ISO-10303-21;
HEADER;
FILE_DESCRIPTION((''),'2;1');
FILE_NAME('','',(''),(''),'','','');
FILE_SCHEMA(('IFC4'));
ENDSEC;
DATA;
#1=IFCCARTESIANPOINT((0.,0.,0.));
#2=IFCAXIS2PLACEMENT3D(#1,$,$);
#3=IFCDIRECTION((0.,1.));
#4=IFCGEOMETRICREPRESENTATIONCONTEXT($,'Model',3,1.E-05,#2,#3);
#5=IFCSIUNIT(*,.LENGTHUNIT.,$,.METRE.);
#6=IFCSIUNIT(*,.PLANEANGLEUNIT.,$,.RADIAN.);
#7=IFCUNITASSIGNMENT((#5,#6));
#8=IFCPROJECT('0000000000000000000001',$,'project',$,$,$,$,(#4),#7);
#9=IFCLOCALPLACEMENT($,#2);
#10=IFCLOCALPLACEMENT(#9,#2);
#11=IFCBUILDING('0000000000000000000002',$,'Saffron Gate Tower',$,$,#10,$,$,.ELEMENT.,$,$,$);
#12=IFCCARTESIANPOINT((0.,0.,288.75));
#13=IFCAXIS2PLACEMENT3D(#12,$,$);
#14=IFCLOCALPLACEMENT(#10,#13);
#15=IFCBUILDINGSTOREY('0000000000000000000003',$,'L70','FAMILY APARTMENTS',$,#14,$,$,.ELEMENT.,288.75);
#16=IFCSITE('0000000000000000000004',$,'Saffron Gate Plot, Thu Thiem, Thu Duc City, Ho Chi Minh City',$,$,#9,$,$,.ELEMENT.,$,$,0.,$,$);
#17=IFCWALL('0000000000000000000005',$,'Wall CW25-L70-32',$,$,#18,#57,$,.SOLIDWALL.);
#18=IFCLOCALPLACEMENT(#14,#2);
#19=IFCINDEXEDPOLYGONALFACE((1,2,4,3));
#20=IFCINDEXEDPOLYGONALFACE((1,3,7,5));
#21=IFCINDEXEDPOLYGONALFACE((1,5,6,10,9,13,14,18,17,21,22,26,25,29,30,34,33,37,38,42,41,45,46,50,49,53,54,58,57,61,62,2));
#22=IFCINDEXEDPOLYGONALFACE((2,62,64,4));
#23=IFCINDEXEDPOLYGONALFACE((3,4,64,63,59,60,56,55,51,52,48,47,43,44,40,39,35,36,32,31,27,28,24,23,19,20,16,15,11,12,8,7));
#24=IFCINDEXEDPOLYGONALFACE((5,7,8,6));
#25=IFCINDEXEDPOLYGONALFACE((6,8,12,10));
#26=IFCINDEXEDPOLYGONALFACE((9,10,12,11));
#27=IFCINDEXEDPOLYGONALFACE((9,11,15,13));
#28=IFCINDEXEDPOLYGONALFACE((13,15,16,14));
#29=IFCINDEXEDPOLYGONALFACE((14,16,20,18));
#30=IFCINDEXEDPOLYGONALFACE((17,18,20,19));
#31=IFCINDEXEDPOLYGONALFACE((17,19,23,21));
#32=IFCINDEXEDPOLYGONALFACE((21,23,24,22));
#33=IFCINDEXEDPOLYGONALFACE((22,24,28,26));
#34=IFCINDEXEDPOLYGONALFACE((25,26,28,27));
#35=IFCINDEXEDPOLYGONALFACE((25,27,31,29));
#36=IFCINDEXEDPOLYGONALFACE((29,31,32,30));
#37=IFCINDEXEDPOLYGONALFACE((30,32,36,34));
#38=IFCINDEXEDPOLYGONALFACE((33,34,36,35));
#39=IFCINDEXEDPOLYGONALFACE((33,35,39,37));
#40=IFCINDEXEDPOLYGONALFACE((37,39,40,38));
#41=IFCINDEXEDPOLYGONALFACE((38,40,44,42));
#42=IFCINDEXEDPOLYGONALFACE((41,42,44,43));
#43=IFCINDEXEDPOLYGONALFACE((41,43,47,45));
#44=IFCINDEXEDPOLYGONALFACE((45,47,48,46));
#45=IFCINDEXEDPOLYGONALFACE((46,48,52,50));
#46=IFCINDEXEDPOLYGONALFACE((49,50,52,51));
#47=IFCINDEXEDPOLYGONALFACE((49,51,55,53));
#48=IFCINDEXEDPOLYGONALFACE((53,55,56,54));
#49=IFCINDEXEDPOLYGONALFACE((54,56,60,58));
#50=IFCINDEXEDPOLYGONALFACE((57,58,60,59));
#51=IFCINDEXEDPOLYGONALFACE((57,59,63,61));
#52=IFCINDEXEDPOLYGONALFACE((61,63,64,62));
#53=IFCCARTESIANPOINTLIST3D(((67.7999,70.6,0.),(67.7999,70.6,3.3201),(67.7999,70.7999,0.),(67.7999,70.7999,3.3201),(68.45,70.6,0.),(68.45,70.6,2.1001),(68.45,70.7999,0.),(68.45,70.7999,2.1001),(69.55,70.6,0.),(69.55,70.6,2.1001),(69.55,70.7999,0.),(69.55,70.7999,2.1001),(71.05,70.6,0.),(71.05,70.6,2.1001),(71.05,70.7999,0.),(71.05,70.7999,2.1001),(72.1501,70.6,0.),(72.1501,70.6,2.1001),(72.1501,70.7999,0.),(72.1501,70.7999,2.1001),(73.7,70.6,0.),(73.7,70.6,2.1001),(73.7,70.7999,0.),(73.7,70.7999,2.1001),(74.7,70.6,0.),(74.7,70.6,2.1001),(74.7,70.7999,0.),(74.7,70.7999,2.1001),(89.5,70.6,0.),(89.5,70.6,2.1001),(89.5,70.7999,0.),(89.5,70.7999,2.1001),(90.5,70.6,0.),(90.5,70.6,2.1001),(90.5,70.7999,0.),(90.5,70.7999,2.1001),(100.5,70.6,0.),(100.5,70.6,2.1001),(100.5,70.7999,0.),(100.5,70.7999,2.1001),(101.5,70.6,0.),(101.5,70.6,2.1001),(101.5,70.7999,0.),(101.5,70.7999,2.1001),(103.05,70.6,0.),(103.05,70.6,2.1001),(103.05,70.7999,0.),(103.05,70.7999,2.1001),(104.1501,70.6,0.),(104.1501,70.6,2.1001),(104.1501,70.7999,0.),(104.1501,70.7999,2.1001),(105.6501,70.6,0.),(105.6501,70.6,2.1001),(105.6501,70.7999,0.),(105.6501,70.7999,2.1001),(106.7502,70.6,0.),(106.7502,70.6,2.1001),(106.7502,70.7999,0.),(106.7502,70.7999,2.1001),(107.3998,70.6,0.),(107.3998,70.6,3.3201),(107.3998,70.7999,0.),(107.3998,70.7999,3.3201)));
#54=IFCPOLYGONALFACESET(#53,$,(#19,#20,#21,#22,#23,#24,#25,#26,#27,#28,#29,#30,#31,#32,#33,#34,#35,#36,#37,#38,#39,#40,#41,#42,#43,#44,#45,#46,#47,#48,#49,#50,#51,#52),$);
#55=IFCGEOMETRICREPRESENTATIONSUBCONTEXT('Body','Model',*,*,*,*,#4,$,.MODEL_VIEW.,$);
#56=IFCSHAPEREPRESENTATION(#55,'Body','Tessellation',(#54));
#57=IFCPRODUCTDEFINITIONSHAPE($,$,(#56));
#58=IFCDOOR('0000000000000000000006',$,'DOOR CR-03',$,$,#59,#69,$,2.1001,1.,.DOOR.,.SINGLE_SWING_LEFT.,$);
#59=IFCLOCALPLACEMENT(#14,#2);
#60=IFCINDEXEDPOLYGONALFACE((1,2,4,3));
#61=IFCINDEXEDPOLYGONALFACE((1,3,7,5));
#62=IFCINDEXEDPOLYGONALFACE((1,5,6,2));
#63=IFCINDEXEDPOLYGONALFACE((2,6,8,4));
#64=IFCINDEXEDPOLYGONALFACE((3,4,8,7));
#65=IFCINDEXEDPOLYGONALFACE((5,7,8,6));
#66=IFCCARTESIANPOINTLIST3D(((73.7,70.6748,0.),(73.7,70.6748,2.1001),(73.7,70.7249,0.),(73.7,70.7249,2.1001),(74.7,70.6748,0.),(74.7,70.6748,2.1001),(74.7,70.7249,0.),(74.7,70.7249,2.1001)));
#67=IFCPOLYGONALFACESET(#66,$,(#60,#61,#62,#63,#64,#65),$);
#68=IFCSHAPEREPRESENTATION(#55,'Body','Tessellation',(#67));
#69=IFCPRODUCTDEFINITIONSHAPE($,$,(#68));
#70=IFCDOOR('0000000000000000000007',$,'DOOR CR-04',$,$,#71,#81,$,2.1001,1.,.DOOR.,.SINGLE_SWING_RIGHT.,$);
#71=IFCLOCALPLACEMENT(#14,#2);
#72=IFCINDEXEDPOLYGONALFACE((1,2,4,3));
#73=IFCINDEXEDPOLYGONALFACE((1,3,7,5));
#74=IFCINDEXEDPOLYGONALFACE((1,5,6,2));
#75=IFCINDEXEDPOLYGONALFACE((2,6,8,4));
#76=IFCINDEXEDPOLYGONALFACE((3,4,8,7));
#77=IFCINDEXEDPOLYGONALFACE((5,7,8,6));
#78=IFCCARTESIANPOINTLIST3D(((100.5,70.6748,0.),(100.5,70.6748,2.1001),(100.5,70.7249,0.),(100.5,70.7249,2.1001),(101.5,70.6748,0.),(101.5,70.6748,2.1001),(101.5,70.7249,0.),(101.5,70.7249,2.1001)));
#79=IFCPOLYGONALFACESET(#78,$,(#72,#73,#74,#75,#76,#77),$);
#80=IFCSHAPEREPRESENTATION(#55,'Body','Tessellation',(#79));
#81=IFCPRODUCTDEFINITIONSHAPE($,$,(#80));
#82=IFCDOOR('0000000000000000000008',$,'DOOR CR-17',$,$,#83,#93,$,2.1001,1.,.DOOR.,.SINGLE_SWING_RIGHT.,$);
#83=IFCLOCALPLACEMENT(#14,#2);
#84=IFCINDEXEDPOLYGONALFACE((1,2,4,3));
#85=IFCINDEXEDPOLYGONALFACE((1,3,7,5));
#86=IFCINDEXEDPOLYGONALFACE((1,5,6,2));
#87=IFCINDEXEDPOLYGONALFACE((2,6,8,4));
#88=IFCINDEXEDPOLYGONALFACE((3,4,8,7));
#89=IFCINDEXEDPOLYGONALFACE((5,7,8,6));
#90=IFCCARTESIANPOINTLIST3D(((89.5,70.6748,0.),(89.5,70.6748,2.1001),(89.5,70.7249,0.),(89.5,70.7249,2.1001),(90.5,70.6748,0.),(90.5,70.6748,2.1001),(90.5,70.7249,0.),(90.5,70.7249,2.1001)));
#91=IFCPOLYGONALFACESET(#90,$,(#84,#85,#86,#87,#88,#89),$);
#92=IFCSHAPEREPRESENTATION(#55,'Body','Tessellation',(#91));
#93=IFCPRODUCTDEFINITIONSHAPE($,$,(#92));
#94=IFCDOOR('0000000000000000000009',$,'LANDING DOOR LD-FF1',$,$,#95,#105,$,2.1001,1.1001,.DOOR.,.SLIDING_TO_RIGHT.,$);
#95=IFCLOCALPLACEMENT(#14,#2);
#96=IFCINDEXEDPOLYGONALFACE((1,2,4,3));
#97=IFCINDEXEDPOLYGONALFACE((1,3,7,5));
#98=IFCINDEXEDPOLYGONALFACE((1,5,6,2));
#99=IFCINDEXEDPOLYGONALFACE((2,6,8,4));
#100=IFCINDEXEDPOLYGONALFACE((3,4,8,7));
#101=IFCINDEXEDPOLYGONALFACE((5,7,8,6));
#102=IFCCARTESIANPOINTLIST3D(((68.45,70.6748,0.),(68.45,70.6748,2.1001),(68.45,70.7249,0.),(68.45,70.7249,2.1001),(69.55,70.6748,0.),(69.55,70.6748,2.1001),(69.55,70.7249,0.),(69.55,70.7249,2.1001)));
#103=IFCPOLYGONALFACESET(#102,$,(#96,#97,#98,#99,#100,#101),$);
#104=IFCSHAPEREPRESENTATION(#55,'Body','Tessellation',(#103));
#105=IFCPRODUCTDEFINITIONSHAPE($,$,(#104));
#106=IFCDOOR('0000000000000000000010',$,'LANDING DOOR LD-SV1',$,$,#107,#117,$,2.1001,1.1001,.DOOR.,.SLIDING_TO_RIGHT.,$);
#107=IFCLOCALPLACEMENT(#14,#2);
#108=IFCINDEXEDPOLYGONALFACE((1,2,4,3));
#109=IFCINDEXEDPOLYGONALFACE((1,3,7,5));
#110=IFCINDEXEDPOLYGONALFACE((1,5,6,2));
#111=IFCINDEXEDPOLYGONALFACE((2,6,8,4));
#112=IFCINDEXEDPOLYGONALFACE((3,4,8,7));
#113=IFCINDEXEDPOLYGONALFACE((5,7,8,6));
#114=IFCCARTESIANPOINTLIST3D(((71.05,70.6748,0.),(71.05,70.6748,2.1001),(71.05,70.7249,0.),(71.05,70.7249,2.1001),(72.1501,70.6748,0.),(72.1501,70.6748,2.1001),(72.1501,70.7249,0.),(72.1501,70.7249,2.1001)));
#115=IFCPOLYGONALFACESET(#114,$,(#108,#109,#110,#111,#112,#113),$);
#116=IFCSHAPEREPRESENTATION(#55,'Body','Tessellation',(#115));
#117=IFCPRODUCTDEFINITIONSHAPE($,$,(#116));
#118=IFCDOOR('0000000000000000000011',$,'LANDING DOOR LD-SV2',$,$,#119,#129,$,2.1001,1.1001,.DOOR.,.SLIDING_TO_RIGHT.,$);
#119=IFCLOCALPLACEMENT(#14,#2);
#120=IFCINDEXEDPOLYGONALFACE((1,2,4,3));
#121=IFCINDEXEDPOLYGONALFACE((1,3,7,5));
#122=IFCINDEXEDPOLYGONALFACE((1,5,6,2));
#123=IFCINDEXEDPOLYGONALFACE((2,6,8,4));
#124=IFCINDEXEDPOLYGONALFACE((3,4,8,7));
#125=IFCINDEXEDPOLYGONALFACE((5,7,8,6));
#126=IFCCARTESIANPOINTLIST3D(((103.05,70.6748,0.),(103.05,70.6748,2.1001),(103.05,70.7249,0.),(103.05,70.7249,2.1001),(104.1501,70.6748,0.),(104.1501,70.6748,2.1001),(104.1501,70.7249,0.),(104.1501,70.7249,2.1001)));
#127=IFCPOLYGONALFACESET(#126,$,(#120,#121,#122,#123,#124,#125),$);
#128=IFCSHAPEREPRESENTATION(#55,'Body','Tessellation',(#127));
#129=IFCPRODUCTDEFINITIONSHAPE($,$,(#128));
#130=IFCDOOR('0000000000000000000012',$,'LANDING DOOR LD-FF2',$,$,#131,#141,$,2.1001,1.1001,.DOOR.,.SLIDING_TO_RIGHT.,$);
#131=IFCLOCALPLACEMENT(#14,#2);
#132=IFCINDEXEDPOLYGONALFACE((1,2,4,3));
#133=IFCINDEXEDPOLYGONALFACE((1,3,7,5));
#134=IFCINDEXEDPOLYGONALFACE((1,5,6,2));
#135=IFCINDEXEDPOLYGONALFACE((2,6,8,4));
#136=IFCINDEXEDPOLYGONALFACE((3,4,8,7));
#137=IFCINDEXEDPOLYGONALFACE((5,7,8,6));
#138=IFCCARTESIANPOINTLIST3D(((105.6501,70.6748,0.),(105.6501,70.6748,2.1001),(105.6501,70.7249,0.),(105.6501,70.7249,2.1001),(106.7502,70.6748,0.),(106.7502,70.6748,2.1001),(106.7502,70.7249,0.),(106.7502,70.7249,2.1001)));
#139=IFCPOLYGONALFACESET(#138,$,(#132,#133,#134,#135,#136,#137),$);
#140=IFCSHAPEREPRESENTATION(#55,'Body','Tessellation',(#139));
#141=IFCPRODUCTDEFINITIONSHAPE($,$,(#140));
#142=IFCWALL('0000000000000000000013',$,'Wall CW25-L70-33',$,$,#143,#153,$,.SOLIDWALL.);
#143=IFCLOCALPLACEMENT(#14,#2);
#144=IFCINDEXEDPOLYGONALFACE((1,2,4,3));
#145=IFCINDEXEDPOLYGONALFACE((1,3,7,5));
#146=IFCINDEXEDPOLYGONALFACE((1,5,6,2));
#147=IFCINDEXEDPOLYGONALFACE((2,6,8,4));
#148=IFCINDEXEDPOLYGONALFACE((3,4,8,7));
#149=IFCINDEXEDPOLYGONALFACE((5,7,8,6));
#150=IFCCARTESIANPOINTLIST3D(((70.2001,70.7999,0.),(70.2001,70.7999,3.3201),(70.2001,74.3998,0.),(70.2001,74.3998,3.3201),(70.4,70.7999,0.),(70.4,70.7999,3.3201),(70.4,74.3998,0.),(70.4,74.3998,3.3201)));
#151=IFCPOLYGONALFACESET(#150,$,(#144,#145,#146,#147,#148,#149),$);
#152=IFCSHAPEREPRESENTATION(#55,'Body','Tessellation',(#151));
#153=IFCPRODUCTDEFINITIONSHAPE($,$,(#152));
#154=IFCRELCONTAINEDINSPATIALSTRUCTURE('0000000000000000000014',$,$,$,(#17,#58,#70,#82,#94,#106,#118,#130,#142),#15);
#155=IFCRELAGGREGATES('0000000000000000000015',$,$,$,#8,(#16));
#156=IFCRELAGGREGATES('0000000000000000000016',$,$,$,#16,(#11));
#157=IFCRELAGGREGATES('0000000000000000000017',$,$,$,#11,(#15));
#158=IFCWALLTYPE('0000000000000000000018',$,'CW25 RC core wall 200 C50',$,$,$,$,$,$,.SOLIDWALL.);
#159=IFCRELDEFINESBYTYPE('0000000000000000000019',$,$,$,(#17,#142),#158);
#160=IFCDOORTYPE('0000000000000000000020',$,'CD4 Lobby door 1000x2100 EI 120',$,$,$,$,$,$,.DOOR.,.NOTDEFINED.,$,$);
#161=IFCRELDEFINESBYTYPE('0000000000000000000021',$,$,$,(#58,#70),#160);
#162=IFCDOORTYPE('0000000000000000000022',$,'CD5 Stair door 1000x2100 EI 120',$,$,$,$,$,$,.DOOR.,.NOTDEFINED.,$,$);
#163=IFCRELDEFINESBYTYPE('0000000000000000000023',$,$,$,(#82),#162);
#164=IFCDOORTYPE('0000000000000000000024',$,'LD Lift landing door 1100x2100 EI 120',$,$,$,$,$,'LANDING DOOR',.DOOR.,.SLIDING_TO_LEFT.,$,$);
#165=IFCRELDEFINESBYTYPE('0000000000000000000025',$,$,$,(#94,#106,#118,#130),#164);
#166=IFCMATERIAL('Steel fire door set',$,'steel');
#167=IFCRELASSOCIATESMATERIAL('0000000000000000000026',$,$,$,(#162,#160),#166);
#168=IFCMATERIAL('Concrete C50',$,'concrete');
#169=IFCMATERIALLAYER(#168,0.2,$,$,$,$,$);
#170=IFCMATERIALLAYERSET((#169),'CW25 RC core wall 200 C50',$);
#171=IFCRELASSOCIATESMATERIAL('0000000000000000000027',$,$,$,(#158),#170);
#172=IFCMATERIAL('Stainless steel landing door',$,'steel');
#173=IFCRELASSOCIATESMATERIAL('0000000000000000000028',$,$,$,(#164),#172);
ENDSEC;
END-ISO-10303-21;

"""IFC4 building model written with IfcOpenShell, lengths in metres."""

from ifc_helpers import new_model, si_unit, direction, frame, frame_2d, origin, place, context, subcontext, project, spatial, rectangle, extrude, material, layer, layer_set, type_object, element, fill, save


model = new_model("IFC4")

# Units and contexts
model_context = context("Model", 3, precision=1e-05, world=origin(), true_north=direction((0.0, 1.0)))
body_context = subcontext(model_context, "Body", "Model", "MODEL_VIEW")
ifc_project = project(units=[si_unit("LENGTHUNIT", "METRE"), si_unit("PLANEANGLEUNIT", "RADIAN")], contexts=[model_context])

# Site, building, storey
site_placement = place(None, origin())
site = spatial("IfcSite", under=ifc_project, at=site_placement, Name="Saffron Gate Plot, Thu Thiem, Thu Duc City, Ho Chi Minh City", CompositionType="ELEMENT", RefElevation=0.0)
building_placement = place(site_placement, origin())
building = spatial("IfcBuilding", under=site, at=building_placement, Name="Saffron Gate Tower", CompositionType="ELEMENT")
storey_placement = place(building_placement, frame((0.0, 0.0, 288.75)))
storey = spatial("IfcBuildingStorey", under=building, at=storey_placement, Name="L70", Description="FAMILY APARTMENTS", CompositionType="ELEMENT", Elevation=288.75)

# Wall, openings, doors
ifc_material_1 = material(Name="Concrete C50", Category="concrete")
ifc_material_2 = material(Name="Steel fire door set", Category="steel")
door_type_1 = type_object("IfcDoorType", Name="CD5 Stair door 1000x2100 EI 120", OperationType="NOTDEFINED", PredefinedType="DOOR", material=ifc_material_2)
ifc_layer_1 = layer(ifc_material_1, 0.2)
ifc_layer_set_1 = layer_set([ifc_layer_1], Name="CW25 RC core wall 200 C50")
wall_type_1 = type_object("IfcWallType", Name="CW25 RC core wall 200 C50", PredefinedType="SOLIDWALL", material=ifc_layer_set_1)
wall_1_placement = place(storey_placement, frame((67.8, 70.7, 0.0), z_axis=(0.0, 0.0, 1.0), x_axis=(1.0, 0.0, 0.0)))
wall_1 = element("IfcWall", 1, at=wall_1_placement, inside=storey, type_object=wall_type_1, Name="Wall CW25-L70-32", PredefinedType="SOLIDWALL", context=body_context, shape_type="SweptSolid", body=[
    extrude(rectangle(XDim=39.5999, YDim=0.2, at=frame_2d((19.7998, 0.0))), origin(), (0.0, 0.0, 1.0), 3.3201),
])
opening_1_placement = place(wall_1_placement, frame((0.6499, 0.0, 0.0)))
opening_1 = element("IfcOpeningElement", 2, at=opening_1_placement, cuts=wall_1, PredefinedType="OPENING", context=body_context, shape_type="SweptSolid", body=[
    extrude(rectangle(XDim=1.1001, YDim=2.1001, at=frame_2d((0.55, 1.05))), frame((0.0, 0.1099, 0.0), z_axis=(0.0, -1.0, 0.0), x_axis=(1.0, 0.0, 0.0)), (0.0, 0.0, 1.0), 0.22),
])
opening_2_placement = place(wall_1_placement, frame((3.25, 0.0, 0.0)))
opening_2 = element("IfcOpeningElement", 3, at=opening_2_placement, cuts=wall_1, PredefinedType="OPENING", context=body_context, shape_type="SweptSolid", body=[
    extrude(rectangle(XDim=1.1001, YDim=2.1001, at=frame_2d((0.55, 1.05))), frame((0.0, 0.1099, 0.0), z_axis=(0.0, -1.0, 0.0), x_axis=(1.0, 0.0, 0.0)), (0.0, 0.0, 1.0), 0.22),
])
opening_3_placement = place(wall_1_placement, frame((5.8999, 0.0, 0.0)))
opening_3 = element("IfcOpeningElement", 4, at=opening_3_placement, cuts=wall_1, PredefinedType="OPENING", context=body_context, shape_type="SweptSolid", body=[
    extrude(rectangle(XDim=1.0, YDim=2.1001, at=frame_2d((0.5, 1.05))), frame((0.0, 0.1099, 0.0), z_axis=(0.0, -1.0, 0.0), x_axis=(1.0, 0.0, 0.0)), (0.0, 0.0, 1.0), 0.22),
])
opening_4_placement = place(wall_1_placement, frame((21.7, 0.0, 0.0)))
opening_4 = element("IfcOpeningElement", 5, at=opening_4_placement, cuts=wall_1, PredefinedType="OPENING", context=body_context, shape_type="SweptSolid", body=[
    extrude(rectangle(XDim=1.0, YDim=2.1001, at=frame_2d((0.5, 1.05))), frame((0.0, 0.1099, 0.0), z_axis=(0.0, -1.0, 0.0), x_axis=(1.0, 0.0, 0.0)), (0.0, 0.0, 1.0), 0.22),
])
opening_5_placement = place(wall_1_placement, frame((32.7, 0.0, 0.0)))
opening_5 = element("IfcOpeningElement", 6, at=opening_5_placement, cuts=wall_1, PredefinedType="OPENING", context=body_context, shape_type="SweptSolid", body=[
    extrude(rectangle(XDim=1.0, YDim=2.1001, at=frame_2d((0.5, 1.05))), frame((0.0, 0.1099, 0.0), z_axis=(0.0, -1.0, 0.0), x_axis=(1.0, 0.0, 0.0)), (0.0, 0.0, 1.0), 0.22),
])
opening_6_placement = place(wall_1_placement, frame((35.25, 0.0, 0.0)))
opening_6 = element("IfcOpeningElement", 7, at=opening_6_placement, cuts=wall_1, PredefinedType="OPENING", context=body_context, shape_type="SweptSolid", body=[
    extrude(rectangle(XDim=1.1001, YDim=2.1001, at=frame_2d((0.55, 1.05))), frame((0.0, 0.1099, 0.0), z_axis=(0.0, -1.0, 0.0), x_axis=(1.0, 0.0, 0.0)), (0.0, 0.0, 1.0), 0.22),
])
opening_7_placement = place(wall_1_placement, frame((37.8501, 0.0, 0.0)))
opening_7 = element("IfcOpeningElement", 8, at=opening_7_placement, cuts=wall_1, PredefinedType="OPENING", context=body_context, shape_type="SweptSolid", body=[
    extrude(rectangle(XDim=1.1001, YDim=2.1001, at=frame_2d((0.55, 1.05))), frame((0.0, 0.1099, 0.0), z_axis=(0.0, -1.0, 0.0), x_axis=(1.0, 0.0, 0.0)), (0.0, 0.0, 1.0), 0.22),
])
door_type_2 = type_object("IfcDoorType", Name="CD4 Lobby door 1000x2100 EI 120", OperationType="NOTDEFINED", PredefinedType="DOOR", material=ifc_material_2)
door_1_placement = place(opening_3_placement, origin())
door_1 = element("IfcDoor", 9, at=door_1_placement, inside=storey, type_object=door_type_2, Name="DOOR CR-03", OperationType="SINGLE_SWING_LEFT", OverallHeight=2.1001, OverallWidth=1.0, PredefinedType="DOOR", context=body_context, shape_type="SweptSolid", body=[
    extrude(rectangle(XDim=1.0, YDim=2.1001, at=frame_2d((0.5, 1.05))), frame((0.0, 0.0249, 0.0), z_axis=(0.0, -1.0, 0.0), x_axis=(1.0, 0.0, 0.0)), (0.0, 0.0, 1.0), 0.05),
])
fill(opening_3, door_1)
door_2_placement = place(opening_5_placement, origin())
door_2 = element("IfcDoor", 10, at=door_2_placement, inside=storey, type_object=door_type_2, Name="DOOR CR-04", OperationType="SINGLE_SWING_RIGHT", OverallHeight=2.1001, OverallWidth=1.0, PredefinedType="DOOR", context=body_context, shape_type="SweptSolid", body=[
    extrude(rectangle(XDim=1.0, YDim=2.1001, at=frame_2d((0.5, 1.05))), frame((0.0, 0.0249, 0.0), z_axis=(0.0, -1.0, 0.0), x_axis=(1.0, 0.0, 0.0)), (0.0, 0.0, 1.0), 0.05),
])
fill(opening_5, door_2)
door_3_placement = place(opening_4_placement, origin())
door_3 = element("IfcDoor", 11, at=door_3_placement, inside=storey, type_object=door_type_1, Name="DOOR CR-17", OperationType="SINGLE_SWING_RIGHT", OverallHeight=2.1001, OverallWidth=1.0, PredefinedType="DOOR", context=body_context, shape_type="SweptSolid", body=[
    extrude(rectangle(XDim=1.0, YDim=2.1001, at=frame_2d((0.5, 1.05))), frame((0.0, 0.0249, 0.0), z_axis=(0.0, -1.0, 0.0), x_axis=(1.0, 0.0, 0.0)), (0.0, 0.0, 1.0), 0.05),
])
fill(opening_4, door_3)
ifc_material_3 = material(Name="Stainless steel landing door", Category="steel")
door_type_3 = type_object("IfcDoorType", Name="LD Lift landing door 1100x2100 EI 120", ElementType="LANDING DOOR", OperationType="SLIDING_TO_LEFT", PredefinedType="DOOR", material=ifc_material_3)
door_4_placement = place(opening_1_placement, origin())
door_4 = element("IfcDoor", 12, at=door_4_placement, inside=storey, type_object=door_type_3, Name="LANDING DOOR LD-FF1", OperationType="SLIDING_TO_RIGHT", OverallHeight=2.1001, OverallWidth=1.1001, PredefinedType="DOOR", context=body_context, shape_type="SweptSolid", body=[
    extrude(rectangle(XDim=1.1001, YDim=2.1001, at=frame_2d((0.55, 1.05))), frame((0.0, 0.0249, 0.0), z_axis=(0.0, -1.0, 0.0), x_axis=(1.0, 0.0, 0.0)), (0.0, 0.0, 1.0), 0.05),
])
fill(opening_1, door_4)
door_5_placement = place(opening_2_placement, origin())
door_5 = element("IfcDoor", 13, at=door_5_placement, inside=storey, type_object=door_type_3, Name="LANDING DOOR LD-SV1", OperationType="SLIDING_TO_RIGHT", OverallHeight=2.1001, OverallWidth=1.1001, PredefinedType="DOOR", context=body_context, shape_type="SweptSolid", body=[
    extrude(rectangle(XDim=1.1001, YDim=2.1001, at=frame_2d((0.55, 1.05))), frame((0.0, 0.0249, 0.0), z_axis=(0.0, -1.0, 0.0), x_axis=(1.0, 0.0, 0.0)), (0.0, 0.0, 1.0), 0.05),
])
fill(opening_2, door_5)
door_6_placement = place(opening_6_placement, origin())
door_6 = element("IfcDoor", 14, at=door_6_placement, inside=storey, type_object=door_type_3, Name="LANDING DOOR LD-SV2", OperationType="SLIDING_TO_RIGHT", OverallHeight=2.1001, OverallWidth=1.1001, PredefinedType="DOOR", context=body_context, shape_type="SweptSolid", body=[
    extrude(rectangle(XDim=1.1001, YDim=2.1001, at=frame_2d((0.55, 1.05))), frame((0.0, 0.0249, 0.0), z_axis=(0.0, -1.0, 0.0), x_axis=(1.0, 0.0, 0.0)), (0.0, 0.0, 1.0), 0.05),
])
fill(opening_6, door_6)
door_7_placement = place(opening_7_placement, origin())
door_7 = element("IfcDoor", 15, at=door_7_placement, inside=storey, type_object=door_type_3, Name="LANDING DOOR LD-FF2", OperationType="SLIDING_TO_RIGHT", OverallHeight=2.1001, OverallWidth=1.1001, PredefinedType="DOOR", context=body_context, shape_type="SweptSolid", body=[
    extrude(rectangle(XDim=1.1001, YDim=2.1001, at=frame_2d((0.55, 1.05))), frame((0.0, 0.0249, 0.0), z_axis=(0.0, -1.0, 0.0), x_axis=(1.0, 0.0, 0.0)), (0.0, 0.0, 1.0), 0.05),
])
fill(opening_7, door_7)

# Wall
wall_2_placement = place(storey_placement, frame((70.3, 70.8, 0.0), z_axis=(0.0, 0.0, 1.0), x_axis=(0.0, 1.0, 0.0)))
element("IfcWall", 16, at=wall_2_placement, inside=storey, type_object=wall_type_1, Name="Wall CW25-L70-33", PredefinedType="SOLIDWALL", context=body_context, shape_type="SweptSolid", body=[
    extrude(rectangle(XDim=3.5999, YDim=0.2, at=frame_2d((1.7998, 0.0))), origin(), (0.0, 0.0, 1.0), 3.3201),
])

save(model, "model.ifc")
